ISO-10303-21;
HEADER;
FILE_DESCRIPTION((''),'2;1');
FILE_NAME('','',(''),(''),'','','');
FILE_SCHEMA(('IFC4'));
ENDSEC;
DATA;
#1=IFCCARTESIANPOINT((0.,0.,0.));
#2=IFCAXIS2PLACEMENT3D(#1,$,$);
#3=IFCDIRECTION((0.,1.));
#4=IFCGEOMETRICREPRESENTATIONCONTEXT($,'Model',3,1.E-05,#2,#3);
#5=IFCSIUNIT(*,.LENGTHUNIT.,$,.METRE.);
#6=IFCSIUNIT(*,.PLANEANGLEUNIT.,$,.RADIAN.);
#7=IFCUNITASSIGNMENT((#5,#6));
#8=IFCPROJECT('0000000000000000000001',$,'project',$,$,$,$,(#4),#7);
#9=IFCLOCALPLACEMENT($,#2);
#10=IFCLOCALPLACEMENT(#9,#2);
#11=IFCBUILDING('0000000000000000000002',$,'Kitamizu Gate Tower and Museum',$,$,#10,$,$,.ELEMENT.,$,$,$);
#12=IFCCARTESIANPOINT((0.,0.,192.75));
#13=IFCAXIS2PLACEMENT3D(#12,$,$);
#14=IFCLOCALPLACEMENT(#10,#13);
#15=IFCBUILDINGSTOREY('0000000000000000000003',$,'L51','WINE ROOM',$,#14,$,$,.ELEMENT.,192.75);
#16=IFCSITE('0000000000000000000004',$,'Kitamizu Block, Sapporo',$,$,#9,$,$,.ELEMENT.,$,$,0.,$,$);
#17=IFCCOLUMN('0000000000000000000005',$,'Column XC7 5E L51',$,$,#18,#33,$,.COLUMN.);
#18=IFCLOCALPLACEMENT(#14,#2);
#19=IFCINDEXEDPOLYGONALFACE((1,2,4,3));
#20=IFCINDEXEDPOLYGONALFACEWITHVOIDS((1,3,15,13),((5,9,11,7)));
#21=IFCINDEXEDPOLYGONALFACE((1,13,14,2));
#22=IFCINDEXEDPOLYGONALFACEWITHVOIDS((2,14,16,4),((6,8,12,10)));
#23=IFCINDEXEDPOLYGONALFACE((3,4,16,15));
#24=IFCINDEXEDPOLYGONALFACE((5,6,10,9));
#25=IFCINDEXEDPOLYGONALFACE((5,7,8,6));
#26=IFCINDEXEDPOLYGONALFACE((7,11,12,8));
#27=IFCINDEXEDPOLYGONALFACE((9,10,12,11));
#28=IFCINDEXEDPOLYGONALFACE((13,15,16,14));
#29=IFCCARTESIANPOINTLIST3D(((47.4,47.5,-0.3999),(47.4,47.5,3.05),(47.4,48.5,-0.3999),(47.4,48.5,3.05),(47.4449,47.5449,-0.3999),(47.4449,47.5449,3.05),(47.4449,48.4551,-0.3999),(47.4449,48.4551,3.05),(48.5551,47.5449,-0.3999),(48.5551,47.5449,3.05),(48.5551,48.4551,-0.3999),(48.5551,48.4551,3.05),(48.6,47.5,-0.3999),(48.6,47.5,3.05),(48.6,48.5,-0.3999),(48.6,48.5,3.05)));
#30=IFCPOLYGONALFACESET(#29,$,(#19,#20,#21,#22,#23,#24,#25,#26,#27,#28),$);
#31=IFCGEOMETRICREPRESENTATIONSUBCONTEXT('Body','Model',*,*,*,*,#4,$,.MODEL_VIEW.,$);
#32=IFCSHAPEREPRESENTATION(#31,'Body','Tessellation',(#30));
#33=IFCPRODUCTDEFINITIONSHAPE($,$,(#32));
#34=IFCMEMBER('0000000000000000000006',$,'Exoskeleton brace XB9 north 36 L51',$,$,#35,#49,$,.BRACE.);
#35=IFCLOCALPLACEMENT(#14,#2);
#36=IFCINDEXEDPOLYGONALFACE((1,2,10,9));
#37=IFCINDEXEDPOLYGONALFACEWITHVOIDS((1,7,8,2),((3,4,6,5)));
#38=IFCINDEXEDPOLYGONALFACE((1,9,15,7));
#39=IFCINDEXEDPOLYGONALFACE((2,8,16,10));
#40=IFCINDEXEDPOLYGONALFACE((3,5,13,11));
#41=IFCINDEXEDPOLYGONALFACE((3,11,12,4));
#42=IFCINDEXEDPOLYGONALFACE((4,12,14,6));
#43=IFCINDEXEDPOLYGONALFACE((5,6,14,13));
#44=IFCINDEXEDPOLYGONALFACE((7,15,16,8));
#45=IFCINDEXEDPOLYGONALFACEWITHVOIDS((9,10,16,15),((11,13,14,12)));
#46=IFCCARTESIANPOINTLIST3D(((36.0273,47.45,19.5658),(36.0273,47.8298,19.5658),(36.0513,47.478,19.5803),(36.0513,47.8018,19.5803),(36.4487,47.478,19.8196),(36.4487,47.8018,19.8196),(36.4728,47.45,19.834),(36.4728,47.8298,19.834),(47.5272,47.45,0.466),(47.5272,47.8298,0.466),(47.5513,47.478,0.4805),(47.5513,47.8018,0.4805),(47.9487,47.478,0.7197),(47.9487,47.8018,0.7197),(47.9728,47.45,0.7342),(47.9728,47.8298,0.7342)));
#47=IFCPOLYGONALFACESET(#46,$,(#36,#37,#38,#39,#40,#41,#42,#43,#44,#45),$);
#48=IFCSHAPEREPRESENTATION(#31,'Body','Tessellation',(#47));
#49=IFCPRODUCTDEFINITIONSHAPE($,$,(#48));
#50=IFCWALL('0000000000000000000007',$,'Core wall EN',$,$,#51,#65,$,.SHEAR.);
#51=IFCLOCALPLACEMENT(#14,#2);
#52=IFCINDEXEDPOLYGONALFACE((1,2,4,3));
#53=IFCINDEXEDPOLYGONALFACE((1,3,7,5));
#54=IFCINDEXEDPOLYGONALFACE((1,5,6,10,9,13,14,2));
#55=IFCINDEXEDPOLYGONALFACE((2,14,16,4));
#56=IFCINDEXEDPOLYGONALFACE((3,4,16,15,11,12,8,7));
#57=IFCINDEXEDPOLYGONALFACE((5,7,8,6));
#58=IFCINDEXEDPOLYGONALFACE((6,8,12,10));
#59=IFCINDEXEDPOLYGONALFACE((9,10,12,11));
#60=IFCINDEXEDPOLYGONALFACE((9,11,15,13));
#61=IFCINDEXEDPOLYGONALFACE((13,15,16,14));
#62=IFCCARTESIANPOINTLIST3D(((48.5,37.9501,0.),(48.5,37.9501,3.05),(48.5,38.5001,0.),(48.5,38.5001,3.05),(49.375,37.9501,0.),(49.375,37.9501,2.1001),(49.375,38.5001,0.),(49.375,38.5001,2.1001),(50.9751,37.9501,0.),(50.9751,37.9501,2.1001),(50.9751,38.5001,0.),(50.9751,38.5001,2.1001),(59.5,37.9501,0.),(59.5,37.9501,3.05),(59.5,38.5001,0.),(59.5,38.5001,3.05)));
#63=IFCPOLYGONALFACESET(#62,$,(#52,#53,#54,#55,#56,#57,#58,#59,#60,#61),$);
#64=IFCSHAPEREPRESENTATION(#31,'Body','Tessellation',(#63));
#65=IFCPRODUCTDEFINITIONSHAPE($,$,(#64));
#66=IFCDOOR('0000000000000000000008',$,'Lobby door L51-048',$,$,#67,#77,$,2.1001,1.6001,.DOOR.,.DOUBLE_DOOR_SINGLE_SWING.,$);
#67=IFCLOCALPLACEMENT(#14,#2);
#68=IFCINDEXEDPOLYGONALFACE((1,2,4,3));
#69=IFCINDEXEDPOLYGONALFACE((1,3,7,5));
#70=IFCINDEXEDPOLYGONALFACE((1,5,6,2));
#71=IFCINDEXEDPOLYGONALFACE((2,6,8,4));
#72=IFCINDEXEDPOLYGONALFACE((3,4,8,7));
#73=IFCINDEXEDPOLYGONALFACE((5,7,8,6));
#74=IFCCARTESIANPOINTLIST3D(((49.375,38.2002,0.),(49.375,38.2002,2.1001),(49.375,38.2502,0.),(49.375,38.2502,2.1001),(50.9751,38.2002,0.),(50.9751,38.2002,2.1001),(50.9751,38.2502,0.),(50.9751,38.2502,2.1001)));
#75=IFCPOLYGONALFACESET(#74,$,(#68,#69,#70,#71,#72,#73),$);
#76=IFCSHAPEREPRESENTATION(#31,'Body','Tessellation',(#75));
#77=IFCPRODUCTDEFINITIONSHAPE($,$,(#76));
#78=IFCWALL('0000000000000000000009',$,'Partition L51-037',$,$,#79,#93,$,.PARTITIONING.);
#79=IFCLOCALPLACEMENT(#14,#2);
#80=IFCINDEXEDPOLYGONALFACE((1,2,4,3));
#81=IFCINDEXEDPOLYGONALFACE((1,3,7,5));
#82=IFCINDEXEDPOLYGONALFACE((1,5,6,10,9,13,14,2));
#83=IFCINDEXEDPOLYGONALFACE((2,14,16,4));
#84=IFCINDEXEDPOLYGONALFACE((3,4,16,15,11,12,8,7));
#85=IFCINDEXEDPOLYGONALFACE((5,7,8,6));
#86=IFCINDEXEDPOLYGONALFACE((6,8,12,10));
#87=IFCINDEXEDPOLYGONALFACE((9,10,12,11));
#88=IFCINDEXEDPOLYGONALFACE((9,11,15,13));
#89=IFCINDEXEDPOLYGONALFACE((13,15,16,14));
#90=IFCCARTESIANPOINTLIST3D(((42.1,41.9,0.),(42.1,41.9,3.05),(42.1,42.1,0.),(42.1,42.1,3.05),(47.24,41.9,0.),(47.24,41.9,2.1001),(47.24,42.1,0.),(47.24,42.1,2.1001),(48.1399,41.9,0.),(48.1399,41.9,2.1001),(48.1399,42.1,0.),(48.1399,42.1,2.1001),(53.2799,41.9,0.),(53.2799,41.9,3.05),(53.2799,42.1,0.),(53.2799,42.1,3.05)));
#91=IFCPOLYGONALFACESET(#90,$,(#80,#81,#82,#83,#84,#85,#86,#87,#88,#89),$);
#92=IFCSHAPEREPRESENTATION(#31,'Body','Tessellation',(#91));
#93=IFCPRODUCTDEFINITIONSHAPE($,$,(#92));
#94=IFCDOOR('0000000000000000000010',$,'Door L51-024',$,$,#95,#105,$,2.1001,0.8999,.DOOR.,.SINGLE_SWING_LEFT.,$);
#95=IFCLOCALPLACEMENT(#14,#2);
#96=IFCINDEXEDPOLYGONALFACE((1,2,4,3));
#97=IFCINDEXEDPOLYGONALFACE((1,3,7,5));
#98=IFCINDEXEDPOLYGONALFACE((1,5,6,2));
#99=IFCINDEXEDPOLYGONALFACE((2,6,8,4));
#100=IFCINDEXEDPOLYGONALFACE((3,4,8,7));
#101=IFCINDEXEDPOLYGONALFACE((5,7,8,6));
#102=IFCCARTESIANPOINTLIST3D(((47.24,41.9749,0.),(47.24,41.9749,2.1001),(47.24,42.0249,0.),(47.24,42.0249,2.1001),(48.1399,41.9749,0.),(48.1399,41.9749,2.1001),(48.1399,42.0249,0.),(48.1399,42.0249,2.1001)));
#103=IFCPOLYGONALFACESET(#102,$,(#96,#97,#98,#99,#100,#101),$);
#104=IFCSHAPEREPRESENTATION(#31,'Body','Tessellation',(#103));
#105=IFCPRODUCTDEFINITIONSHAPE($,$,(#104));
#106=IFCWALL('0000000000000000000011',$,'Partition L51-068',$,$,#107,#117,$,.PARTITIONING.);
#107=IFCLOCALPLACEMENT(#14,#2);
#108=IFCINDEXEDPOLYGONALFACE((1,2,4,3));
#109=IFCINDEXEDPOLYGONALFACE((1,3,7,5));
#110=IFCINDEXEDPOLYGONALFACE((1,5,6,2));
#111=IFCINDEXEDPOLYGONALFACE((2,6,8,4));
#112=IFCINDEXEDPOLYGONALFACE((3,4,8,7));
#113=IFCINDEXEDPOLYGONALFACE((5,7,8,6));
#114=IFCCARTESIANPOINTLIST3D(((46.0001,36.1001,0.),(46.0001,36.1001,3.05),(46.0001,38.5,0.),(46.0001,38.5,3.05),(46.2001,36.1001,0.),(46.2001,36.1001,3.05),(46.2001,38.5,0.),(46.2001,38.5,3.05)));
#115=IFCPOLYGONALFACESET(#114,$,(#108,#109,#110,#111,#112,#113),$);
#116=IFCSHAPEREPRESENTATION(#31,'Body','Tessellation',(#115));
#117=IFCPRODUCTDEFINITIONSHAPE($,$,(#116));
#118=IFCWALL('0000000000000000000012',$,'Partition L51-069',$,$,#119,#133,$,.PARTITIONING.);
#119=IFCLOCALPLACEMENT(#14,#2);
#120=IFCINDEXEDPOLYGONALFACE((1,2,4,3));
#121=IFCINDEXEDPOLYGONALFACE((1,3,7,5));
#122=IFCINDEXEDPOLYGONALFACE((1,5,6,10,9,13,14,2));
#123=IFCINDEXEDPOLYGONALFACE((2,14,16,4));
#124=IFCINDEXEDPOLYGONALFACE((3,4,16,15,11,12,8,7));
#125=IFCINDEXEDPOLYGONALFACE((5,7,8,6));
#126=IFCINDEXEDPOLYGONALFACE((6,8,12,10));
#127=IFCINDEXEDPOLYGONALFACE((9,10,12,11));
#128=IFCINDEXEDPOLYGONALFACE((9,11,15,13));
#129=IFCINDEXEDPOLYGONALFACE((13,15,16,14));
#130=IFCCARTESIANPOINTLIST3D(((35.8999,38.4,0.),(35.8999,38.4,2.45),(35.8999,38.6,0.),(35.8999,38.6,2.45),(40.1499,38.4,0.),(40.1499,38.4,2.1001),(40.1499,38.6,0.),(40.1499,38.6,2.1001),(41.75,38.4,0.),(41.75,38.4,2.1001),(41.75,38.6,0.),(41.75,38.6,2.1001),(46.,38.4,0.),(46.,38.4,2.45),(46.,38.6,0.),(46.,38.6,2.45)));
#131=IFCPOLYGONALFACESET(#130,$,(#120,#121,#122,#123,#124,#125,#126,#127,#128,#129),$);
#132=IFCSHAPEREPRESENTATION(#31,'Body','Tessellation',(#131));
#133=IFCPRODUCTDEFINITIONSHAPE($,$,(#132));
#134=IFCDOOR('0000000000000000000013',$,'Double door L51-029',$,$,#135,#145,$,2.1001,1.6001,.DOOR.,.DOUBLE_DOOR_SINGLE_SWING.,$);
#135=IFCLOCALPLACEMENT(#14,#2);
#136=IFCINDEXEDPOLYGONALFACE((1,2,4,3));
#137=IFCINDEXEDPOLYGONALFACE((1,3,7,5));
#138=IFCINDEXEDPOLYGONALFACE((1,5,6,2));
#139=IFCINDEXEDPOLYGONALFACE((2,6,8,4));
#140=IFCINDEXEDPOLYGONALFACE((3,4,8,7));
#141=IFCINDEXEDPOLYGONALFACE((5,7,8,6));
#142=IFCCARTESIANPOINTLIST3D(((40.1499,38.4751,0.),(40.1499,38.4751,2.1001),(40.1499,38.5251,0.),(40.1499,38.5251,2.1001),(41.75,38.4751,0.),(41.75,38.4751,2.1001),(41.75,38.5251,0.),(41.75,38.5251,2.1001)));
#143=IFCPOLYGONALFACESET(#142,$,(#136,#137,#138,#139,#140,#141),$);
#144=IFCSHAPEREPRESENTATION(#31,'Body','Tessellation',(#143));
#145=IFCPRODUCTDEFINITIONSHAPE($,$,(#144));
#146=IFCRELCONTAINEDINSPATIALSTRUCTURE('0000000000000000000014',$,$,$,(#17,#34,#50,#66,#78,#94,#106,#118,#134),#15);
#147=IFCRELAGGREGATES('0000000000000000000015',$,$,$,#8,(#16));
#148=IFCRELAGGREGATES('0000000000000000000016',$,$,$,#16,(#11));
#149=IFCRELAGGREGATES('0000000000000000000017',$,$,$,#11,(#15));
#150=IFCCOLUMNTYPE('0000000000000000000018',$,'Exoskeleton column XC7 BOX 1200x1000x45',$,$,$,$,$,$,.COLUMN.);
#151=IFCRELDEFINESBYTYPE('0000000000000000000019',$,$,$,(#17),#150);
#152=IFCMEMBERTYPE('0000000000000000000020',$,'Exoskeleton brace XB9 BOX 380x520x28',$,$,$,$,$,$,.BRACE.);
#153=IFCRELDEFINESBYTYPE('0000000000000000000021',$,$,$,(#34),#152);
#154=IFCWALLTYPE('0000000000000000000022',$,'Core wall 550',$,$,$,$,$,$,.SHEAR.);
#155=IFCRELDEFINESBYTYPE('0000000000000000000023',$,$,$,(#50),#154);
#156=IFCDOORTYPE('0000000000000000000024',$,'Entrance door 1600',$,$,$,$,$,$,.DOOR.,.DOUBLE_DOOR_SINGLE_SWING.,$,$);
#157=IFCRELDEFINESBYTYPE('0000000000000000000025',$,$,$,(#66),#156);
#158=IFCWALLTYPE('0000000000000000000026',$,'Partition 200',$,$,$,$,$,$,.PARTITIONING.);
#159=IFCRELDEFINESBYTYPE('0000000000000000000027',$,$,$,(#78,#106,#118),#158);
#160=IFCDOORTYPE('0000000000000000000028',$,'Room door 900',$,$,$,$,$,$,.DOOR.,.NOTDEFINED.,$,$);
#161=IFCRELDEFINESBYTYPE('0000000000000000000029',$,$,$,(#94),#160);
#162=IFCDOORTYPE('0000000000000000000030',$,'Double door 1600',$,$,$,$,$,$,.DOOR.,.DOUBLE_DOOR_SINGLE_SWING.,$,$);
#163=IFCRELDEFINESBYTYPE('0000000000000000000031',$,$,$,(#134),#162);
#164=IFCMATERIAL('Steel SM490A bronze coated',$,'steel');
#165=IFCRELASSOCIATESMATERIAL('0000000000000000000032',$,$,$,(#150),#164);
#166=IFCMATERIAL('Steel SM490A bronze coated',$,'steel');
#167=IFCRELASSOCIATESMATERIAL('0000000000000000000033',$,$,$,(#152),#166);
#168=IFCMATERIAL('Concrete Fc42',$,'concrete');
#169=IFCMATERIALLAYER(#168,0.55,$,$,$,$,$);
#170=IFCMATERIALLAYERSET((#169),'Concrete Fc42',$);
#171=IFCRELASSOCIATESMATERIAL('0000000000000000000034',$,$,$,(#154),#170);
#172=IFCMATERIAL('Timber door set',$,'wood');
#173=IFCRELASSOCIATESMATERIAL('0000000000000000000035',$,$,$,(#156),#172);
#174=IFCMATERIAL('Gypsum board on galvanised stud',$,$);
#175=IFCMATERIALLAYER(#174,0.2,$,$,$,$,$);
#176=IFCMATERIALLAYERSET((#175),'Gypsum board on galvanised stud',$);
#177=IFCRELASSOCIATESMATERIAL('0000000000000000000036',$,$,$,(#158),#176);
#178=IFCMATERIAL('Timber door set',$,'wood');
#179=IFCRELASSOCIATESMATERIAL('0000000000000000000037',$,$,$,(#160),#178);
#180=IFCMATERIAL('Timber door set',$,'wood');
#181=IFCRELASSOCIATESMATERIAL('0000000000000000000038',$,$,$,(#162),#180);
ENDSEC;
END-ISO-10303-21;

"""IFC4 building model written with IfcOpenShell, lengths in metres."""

from ifc_helpers import new_model, si_unit, direction, frame, frame_2d, origin, origin_2d, place, context, subcontext, project, spatial, rectangle, hollow_rectangle, extrude, material, layer, layer_set, material_profile, profile_set, type_object, element, fill, save


model = new_model("IFC4")

# Units and contexts
model_context = context("Model", 3, precision=1e-05, world=origin(), true_north=direction((0.0, 1.0)))
body_context = subcontext(model_context, "Body", "Model", "MODEL_VIEW")
ifc_project = project(units=[si_unit("LENGTHUNIT", "METRE"), si_unit("PLANEANGLEUNIT", "RADIAN")], contexts=[model_context])

# Site, building, storey
site_placement = place(None, origin())
site = spatial("IfcSite", under=ifc_project, at=site_placement, Name="Kitamizu Block, Sapporo", CompositionType="ELEMENT", RefElevation=0.0)
building_placement = place(site_placement, origin())
building = spatial("IfcBuilding", under=site, at=building_placement, Name="Kitamizu Gate Tower and Museum", CompositionType="ELEMENT")
storey_placement = place(building_placement, frame((0.0, 0.0, 192.75)))
storey = spatial("IfcBuildingStorey", under=building, at=storey_placement, Name="L51", Description="WINE ROOM", CompositionType="ELEMENT", Elevation=192.75)

# Column
ifc_material_1 = material(Name="Steel SM490A bronze coated", Category="steel")
ifc_material_profile_1 = material_profile(ifc_material_1, hollow_rectangle(XDim=1.2, YDim=1.0, WallThickness=0.0449, at=origin_2d()), Name="BOX 1200x1000x45")
ifc_profile_set_1 = profile_set([ifc_material_profile_1], Name="Steel SM490A bronze coated")
column_type = type_object("IfcColumnType", Name="Exoskeleton column XC7 BOX 1200x1000x45", PredefinedType="COLUMN", material=ifc_profile_set_1)
column_placement = place(storey_placement, frame((48.0, 48.0, -0.3999), z_axis=(0.0, 0.0, 1.0), x_axis=(1.0, 0.0, 0.0)))
element("IfcColumn", 1, at=column_placement, inside=storey, type_object=column_type, Name="Column XC7 5E L51", PredefinedType="COLUMN", context=body_context, shape_type="SweptSolid", body=[
    extrude(hollow_rectangle(XDim=1.2, YDim=1.0, WallThickness=0.0449, at=origin_2d()), origin(), (0.0, 0.0, 1.0), 3.45),
])

# Member
ifc_material_2 = material(Name="Steel SM490A bronze coated", Category="steel")
ifc_material_profile_2 = material_profile(ifc_material_2, hollow_rectangle(XDim=0.3799, YDim=0.52, WallThickness=0.0281, at=origin_2d()), Name="BOX 380x520x28")
ifc_profile_set_2 = profile_set([ifc_material_profile_2], Name="Steel SM490A bronze coated")
member_type = type_object("IfcMemberType", Name="Exoskeleton brace XB9 BOX 380x520x28", PredefinedType="BRACE", material=ifc_profile_set_2)
member_placement = place(storey_placement, frame((47.75, 47.6399, 0.6001), z_axis=(-0.515817, 0.0, 0.856699), x_axis=(0.0, -1.0, 0.0)))
element("IfcMember", 2, at=member_placement, inside=storey, type_object=member_type, Name="Exoskeleton brace XB9 north 36 L51", PredefinedType="BRACE", context=body_context, shape_type="SweptSolid", body=[
    extrude(hollow_rectangle(XDim=0.3799, YDim=0.52, WallThickness=0.0281, at=origin_2d()), origin(), (0.0, 0.0, 1.0), 22.2947),
])

# Walls, openings, doors
ifc_material_3 = material(Name="Concrete Fc42", Category="concrete")
ifc_layer_1 = layer(ifc_material_3, 0.55)
ifc_layer_set_1 = layer_set([ifc_layer_1], Name="Concrete Fc42")
wall_type_1 = type_object("IfcWallType", Name="Core wall 550", PredefinedType="SHEAR", material=ifc_layer_set_1)
wall_1_placement = place(storey_placement, frame((59.5, 38.2251, 0.0), z_axis=(0.0, 0.0, 1.0), x_axis=(-1.0, 0.0, 0.0)))
wall_1 = element("IfcWall", 3, at=wall_1_placement, inside=storey, type_object=wall_type_1, Name="Core wall EN", PredefinedType="SHEAR", context=body_context, shape_type="SweptSolid", body=[
    extrude(rectangle(XDim=11.0, YDim=0.55, at=frame_2d((5.5, 0.0))), origin(), (0.0, 0.0, 1.0), 3.05),
])
opening_1_placement = place(wall_1_placement, frame((8.5249, 0.0, 0.0)))
opening_1 = element("IfcOpeningElement", 4, at=opening_1_placement, cuts=wall_1, PredefinedType="OPENING", context=body_context, shape_type="SweptSolid", body=[
    extrude(rectangle(XDim=1.6001, YDim=2.1001, at=frame_2d((0.8, 1.05))), frame((0.0, 0.2852, 0.0), z_axis=(0.0, -1.0, 0.0), x_axis=(1.0, 0.0, 0.0)), (0.0, 0.0, 1.0), 0.5701),
])
ifc_material_4 = material(Name="Timber door set", Category="wood")
door_type_1 = type_object("IfcDoorType", Name="Entrance door 1600", OperationType="DOUBLE_DOOR_SINGLE_SWING", PredefinedType="DOOR", material=ifc_material_4)
door_1_placement = place(opening_1_placement, origin())
door_1 = element("IfcDoor", 5, at=door_1_placement, inside=storey, type_object=door_type_1, Name="Lobby door L51-048", OperationType="DOUBLE_DOOR_SINGLE_SWING", OverallHeight=2.1001, OverallWidth=1.6001, PredefinedType="DOOR", context=body_context, shape_type="SweptSolid", body=[
    extrude(rectangle(XDim=1.6001, YDim=2.1001, at=frame_2d((0.8, 1.05))), frame((0.0, 0.0249, 0.0), z_axis=(0.0, -1.0, 0.0), x_axis=(1.0, 0.0, 0.0)), (0.0, 0.0, 1.0), 0.05),
])
fill(opening_1, door_1)
ifc_material_5 = material(Name="Gypsum board on galvanised stud")
ifc_layer_2 = layer(ifc_material_5, 0.2)
ifc_layer_set_2 = layer_set([ifc_layer_2], Name="Gypsum board on galvanised stud")
wall_type_2 = type_object("IfcWallType", Name="Partition 200", PredefinedType="PARTITIONING", material=ifc_layer_set_2)
wall_2_placement = place(storey_placement, frame((42.1001, 42.0, 0.0), z_axis=(0.0, 0.0, 1.0), x_axis=(1.0, 0.0, 0.0)))
wall_2 = element("IfcWall", 6, at=wall_2_placement, inside=storey, type_object=wall_type_2, Name="Partition L51-037", PredefinedType="PARTITIONING", context=body_context, shape_type="SweptSolid", body=[
    extrude(rectangle(XDim=11.1799, YDim=0.2, at=frame_2d((5.5898, 0.0))), origin(), (0.0, 0.0, 1.0), 3.05),
])
opening_2_placement = place(wall_2_placement, frame((5.1399, 0.0, 0.0)))
opening_2 = element("IfcOpeningElement", 7, at=opening_2_placement, cuts=wall_2, PredefinedType="OPENING", context=body_context, shape_type="SweptSolid", body=[
    extrude(rectangle(XDim=0.8999, YDim=2.1001, at=frame_2d((0.45, 1.05))), frame((0.0, 0.1099, 0.0), z_axis=(0.0, -1.0, 0.0), x_axis=(1.0, 0.0, 0.0)), (0.0, 0.0, 1.0), 0.22),
])
ifc_material_6 = material(Name="Timber door set", Category="wood")
door_type_2 = type_object("IfcDoorType", Name="Room door 900", OperationType="NOTDEFINED", PredefinedType="DOOR", material=ifc_material_6)
door_2_placement = place(opening_2_placement, origin())
door_2 = element("IfcDoor", 8, at=door_2_placement, inside=storey, type_object=door_type_2, Name="Door L51-024", OperationType="SINGLE_SWING_LEFT", OverallHeight=2.1001, OverallWidth=0.8999, PredefinedType="DOOR", context=body_context, shape_type="SweptSolid", body=[
    extrude(rectangle(XDim=0.8999, YDim=2.1001, at=frame_2d((0.45, 1.05))), frame((0.0, 0.0249, 0.0), z_axis=(0.0, -1.0, 0.0), x_axis=(1.0, 0.0, 0.0)), (0.0, 0.0, 1.0), 0.05),
])
fill(opening_2, door_2)

# Wall
wall_3_placement = place(storey_placement, frame((46.1001, 36.1001, 0.0), z_axis=(0.0, 0.0, 1.0), x_axis=(0.0, 1.0, 0.0)))
element("IfcWall", 9, at=wall_3_placement, inside=storey, type_object=wall_type_2, Name="Partition L51-068", PredefinedType="PARTITIONING", context=body_context, shape_type="SweptSolid", body=[
    extrude(rectangle(XDim=2.3999, YDim=0.2, at=frame_2d((1.2, 0.0))), origin(), (0.0, 0.0, 1.0), 3.05),
])

# Wall, opening, door
wall_4_placement = place(storey_placement, frame((46.0, 38.5, 0.0), z_axis=(0.0, 0.0, 1.0), x_axis=(-1.0, 0.0, 0.0)))
wall_4 = element("IfcWall", 10, at=wall_4_placement, inside=storey, type_object=wall_type_2, Name="Partition L51-069", PredefinedType="PARTITIONING", context=body_context, shape_type="SweptSolid", body=[
    extrude(rectangle(XDim=10.1001, YDim=0.2, at=frame_2d((5.05, 0.0))), origin(), (0.0, 0.0, 1.0), 2.45),
])
opening_3_placement = place(wall_4_placement, frame((4.25, 0.0, 0.0)))
opening_3 = element("IfcOpeningElement", 11, at=opening_3_placement, cuts=wall_4, PredefinedType="OPENING", context=body_context, shape_type="SweptSolid", body=[
    extrude(rectangle(XDim=1.6001, YDim=2.1001, at=frame_2d((0.8, 1.05))), frame((0.0, 0.1099, 0.0), z_axis=(0.0, -1.0, 0.0), x_axis=(1.0, 0.0, 0.0)), (0.0, 0.0, 1.0), 0.22),
])
ifc_material_7 = material(Name="Timber door set", Category="wood")
door_type_3 = type_object("IfcDoorType", Name="Double door 1600", OperationType="DOUBLE_DOOR_SINGLE_SWING", PredefinedType="DOOR", material=ifc_material_7)
door_3_placement = place(opening_3_placement, origin())
door_3 = element("IfcDoor", 12, at=door_3_placement, inside=storey, type_object=door_type_3, Name="Double door L51-029", OperationType="DOUBLE_DOOR_SINGLE_SWING", OverallHeight=2.1001, OverallWidth=1.6001, PredefinedType="DOOR", context=body_context, shape_type="SweptSolid", body=[
    extrude(rectangle(XDim=1.6001, YDim=2.1001, at=frame_2d((0.8, 1.05))), frame((0.0, 0.0249, 0.0), z_axis=(0.0, -1.0, 0.0), x_axis=(1.0, 0.0, 0.0)), (0.0, 0.0, 1.0), 0.05),
])
fill(opening_3, door_3)

save(model, "model.ifc")
